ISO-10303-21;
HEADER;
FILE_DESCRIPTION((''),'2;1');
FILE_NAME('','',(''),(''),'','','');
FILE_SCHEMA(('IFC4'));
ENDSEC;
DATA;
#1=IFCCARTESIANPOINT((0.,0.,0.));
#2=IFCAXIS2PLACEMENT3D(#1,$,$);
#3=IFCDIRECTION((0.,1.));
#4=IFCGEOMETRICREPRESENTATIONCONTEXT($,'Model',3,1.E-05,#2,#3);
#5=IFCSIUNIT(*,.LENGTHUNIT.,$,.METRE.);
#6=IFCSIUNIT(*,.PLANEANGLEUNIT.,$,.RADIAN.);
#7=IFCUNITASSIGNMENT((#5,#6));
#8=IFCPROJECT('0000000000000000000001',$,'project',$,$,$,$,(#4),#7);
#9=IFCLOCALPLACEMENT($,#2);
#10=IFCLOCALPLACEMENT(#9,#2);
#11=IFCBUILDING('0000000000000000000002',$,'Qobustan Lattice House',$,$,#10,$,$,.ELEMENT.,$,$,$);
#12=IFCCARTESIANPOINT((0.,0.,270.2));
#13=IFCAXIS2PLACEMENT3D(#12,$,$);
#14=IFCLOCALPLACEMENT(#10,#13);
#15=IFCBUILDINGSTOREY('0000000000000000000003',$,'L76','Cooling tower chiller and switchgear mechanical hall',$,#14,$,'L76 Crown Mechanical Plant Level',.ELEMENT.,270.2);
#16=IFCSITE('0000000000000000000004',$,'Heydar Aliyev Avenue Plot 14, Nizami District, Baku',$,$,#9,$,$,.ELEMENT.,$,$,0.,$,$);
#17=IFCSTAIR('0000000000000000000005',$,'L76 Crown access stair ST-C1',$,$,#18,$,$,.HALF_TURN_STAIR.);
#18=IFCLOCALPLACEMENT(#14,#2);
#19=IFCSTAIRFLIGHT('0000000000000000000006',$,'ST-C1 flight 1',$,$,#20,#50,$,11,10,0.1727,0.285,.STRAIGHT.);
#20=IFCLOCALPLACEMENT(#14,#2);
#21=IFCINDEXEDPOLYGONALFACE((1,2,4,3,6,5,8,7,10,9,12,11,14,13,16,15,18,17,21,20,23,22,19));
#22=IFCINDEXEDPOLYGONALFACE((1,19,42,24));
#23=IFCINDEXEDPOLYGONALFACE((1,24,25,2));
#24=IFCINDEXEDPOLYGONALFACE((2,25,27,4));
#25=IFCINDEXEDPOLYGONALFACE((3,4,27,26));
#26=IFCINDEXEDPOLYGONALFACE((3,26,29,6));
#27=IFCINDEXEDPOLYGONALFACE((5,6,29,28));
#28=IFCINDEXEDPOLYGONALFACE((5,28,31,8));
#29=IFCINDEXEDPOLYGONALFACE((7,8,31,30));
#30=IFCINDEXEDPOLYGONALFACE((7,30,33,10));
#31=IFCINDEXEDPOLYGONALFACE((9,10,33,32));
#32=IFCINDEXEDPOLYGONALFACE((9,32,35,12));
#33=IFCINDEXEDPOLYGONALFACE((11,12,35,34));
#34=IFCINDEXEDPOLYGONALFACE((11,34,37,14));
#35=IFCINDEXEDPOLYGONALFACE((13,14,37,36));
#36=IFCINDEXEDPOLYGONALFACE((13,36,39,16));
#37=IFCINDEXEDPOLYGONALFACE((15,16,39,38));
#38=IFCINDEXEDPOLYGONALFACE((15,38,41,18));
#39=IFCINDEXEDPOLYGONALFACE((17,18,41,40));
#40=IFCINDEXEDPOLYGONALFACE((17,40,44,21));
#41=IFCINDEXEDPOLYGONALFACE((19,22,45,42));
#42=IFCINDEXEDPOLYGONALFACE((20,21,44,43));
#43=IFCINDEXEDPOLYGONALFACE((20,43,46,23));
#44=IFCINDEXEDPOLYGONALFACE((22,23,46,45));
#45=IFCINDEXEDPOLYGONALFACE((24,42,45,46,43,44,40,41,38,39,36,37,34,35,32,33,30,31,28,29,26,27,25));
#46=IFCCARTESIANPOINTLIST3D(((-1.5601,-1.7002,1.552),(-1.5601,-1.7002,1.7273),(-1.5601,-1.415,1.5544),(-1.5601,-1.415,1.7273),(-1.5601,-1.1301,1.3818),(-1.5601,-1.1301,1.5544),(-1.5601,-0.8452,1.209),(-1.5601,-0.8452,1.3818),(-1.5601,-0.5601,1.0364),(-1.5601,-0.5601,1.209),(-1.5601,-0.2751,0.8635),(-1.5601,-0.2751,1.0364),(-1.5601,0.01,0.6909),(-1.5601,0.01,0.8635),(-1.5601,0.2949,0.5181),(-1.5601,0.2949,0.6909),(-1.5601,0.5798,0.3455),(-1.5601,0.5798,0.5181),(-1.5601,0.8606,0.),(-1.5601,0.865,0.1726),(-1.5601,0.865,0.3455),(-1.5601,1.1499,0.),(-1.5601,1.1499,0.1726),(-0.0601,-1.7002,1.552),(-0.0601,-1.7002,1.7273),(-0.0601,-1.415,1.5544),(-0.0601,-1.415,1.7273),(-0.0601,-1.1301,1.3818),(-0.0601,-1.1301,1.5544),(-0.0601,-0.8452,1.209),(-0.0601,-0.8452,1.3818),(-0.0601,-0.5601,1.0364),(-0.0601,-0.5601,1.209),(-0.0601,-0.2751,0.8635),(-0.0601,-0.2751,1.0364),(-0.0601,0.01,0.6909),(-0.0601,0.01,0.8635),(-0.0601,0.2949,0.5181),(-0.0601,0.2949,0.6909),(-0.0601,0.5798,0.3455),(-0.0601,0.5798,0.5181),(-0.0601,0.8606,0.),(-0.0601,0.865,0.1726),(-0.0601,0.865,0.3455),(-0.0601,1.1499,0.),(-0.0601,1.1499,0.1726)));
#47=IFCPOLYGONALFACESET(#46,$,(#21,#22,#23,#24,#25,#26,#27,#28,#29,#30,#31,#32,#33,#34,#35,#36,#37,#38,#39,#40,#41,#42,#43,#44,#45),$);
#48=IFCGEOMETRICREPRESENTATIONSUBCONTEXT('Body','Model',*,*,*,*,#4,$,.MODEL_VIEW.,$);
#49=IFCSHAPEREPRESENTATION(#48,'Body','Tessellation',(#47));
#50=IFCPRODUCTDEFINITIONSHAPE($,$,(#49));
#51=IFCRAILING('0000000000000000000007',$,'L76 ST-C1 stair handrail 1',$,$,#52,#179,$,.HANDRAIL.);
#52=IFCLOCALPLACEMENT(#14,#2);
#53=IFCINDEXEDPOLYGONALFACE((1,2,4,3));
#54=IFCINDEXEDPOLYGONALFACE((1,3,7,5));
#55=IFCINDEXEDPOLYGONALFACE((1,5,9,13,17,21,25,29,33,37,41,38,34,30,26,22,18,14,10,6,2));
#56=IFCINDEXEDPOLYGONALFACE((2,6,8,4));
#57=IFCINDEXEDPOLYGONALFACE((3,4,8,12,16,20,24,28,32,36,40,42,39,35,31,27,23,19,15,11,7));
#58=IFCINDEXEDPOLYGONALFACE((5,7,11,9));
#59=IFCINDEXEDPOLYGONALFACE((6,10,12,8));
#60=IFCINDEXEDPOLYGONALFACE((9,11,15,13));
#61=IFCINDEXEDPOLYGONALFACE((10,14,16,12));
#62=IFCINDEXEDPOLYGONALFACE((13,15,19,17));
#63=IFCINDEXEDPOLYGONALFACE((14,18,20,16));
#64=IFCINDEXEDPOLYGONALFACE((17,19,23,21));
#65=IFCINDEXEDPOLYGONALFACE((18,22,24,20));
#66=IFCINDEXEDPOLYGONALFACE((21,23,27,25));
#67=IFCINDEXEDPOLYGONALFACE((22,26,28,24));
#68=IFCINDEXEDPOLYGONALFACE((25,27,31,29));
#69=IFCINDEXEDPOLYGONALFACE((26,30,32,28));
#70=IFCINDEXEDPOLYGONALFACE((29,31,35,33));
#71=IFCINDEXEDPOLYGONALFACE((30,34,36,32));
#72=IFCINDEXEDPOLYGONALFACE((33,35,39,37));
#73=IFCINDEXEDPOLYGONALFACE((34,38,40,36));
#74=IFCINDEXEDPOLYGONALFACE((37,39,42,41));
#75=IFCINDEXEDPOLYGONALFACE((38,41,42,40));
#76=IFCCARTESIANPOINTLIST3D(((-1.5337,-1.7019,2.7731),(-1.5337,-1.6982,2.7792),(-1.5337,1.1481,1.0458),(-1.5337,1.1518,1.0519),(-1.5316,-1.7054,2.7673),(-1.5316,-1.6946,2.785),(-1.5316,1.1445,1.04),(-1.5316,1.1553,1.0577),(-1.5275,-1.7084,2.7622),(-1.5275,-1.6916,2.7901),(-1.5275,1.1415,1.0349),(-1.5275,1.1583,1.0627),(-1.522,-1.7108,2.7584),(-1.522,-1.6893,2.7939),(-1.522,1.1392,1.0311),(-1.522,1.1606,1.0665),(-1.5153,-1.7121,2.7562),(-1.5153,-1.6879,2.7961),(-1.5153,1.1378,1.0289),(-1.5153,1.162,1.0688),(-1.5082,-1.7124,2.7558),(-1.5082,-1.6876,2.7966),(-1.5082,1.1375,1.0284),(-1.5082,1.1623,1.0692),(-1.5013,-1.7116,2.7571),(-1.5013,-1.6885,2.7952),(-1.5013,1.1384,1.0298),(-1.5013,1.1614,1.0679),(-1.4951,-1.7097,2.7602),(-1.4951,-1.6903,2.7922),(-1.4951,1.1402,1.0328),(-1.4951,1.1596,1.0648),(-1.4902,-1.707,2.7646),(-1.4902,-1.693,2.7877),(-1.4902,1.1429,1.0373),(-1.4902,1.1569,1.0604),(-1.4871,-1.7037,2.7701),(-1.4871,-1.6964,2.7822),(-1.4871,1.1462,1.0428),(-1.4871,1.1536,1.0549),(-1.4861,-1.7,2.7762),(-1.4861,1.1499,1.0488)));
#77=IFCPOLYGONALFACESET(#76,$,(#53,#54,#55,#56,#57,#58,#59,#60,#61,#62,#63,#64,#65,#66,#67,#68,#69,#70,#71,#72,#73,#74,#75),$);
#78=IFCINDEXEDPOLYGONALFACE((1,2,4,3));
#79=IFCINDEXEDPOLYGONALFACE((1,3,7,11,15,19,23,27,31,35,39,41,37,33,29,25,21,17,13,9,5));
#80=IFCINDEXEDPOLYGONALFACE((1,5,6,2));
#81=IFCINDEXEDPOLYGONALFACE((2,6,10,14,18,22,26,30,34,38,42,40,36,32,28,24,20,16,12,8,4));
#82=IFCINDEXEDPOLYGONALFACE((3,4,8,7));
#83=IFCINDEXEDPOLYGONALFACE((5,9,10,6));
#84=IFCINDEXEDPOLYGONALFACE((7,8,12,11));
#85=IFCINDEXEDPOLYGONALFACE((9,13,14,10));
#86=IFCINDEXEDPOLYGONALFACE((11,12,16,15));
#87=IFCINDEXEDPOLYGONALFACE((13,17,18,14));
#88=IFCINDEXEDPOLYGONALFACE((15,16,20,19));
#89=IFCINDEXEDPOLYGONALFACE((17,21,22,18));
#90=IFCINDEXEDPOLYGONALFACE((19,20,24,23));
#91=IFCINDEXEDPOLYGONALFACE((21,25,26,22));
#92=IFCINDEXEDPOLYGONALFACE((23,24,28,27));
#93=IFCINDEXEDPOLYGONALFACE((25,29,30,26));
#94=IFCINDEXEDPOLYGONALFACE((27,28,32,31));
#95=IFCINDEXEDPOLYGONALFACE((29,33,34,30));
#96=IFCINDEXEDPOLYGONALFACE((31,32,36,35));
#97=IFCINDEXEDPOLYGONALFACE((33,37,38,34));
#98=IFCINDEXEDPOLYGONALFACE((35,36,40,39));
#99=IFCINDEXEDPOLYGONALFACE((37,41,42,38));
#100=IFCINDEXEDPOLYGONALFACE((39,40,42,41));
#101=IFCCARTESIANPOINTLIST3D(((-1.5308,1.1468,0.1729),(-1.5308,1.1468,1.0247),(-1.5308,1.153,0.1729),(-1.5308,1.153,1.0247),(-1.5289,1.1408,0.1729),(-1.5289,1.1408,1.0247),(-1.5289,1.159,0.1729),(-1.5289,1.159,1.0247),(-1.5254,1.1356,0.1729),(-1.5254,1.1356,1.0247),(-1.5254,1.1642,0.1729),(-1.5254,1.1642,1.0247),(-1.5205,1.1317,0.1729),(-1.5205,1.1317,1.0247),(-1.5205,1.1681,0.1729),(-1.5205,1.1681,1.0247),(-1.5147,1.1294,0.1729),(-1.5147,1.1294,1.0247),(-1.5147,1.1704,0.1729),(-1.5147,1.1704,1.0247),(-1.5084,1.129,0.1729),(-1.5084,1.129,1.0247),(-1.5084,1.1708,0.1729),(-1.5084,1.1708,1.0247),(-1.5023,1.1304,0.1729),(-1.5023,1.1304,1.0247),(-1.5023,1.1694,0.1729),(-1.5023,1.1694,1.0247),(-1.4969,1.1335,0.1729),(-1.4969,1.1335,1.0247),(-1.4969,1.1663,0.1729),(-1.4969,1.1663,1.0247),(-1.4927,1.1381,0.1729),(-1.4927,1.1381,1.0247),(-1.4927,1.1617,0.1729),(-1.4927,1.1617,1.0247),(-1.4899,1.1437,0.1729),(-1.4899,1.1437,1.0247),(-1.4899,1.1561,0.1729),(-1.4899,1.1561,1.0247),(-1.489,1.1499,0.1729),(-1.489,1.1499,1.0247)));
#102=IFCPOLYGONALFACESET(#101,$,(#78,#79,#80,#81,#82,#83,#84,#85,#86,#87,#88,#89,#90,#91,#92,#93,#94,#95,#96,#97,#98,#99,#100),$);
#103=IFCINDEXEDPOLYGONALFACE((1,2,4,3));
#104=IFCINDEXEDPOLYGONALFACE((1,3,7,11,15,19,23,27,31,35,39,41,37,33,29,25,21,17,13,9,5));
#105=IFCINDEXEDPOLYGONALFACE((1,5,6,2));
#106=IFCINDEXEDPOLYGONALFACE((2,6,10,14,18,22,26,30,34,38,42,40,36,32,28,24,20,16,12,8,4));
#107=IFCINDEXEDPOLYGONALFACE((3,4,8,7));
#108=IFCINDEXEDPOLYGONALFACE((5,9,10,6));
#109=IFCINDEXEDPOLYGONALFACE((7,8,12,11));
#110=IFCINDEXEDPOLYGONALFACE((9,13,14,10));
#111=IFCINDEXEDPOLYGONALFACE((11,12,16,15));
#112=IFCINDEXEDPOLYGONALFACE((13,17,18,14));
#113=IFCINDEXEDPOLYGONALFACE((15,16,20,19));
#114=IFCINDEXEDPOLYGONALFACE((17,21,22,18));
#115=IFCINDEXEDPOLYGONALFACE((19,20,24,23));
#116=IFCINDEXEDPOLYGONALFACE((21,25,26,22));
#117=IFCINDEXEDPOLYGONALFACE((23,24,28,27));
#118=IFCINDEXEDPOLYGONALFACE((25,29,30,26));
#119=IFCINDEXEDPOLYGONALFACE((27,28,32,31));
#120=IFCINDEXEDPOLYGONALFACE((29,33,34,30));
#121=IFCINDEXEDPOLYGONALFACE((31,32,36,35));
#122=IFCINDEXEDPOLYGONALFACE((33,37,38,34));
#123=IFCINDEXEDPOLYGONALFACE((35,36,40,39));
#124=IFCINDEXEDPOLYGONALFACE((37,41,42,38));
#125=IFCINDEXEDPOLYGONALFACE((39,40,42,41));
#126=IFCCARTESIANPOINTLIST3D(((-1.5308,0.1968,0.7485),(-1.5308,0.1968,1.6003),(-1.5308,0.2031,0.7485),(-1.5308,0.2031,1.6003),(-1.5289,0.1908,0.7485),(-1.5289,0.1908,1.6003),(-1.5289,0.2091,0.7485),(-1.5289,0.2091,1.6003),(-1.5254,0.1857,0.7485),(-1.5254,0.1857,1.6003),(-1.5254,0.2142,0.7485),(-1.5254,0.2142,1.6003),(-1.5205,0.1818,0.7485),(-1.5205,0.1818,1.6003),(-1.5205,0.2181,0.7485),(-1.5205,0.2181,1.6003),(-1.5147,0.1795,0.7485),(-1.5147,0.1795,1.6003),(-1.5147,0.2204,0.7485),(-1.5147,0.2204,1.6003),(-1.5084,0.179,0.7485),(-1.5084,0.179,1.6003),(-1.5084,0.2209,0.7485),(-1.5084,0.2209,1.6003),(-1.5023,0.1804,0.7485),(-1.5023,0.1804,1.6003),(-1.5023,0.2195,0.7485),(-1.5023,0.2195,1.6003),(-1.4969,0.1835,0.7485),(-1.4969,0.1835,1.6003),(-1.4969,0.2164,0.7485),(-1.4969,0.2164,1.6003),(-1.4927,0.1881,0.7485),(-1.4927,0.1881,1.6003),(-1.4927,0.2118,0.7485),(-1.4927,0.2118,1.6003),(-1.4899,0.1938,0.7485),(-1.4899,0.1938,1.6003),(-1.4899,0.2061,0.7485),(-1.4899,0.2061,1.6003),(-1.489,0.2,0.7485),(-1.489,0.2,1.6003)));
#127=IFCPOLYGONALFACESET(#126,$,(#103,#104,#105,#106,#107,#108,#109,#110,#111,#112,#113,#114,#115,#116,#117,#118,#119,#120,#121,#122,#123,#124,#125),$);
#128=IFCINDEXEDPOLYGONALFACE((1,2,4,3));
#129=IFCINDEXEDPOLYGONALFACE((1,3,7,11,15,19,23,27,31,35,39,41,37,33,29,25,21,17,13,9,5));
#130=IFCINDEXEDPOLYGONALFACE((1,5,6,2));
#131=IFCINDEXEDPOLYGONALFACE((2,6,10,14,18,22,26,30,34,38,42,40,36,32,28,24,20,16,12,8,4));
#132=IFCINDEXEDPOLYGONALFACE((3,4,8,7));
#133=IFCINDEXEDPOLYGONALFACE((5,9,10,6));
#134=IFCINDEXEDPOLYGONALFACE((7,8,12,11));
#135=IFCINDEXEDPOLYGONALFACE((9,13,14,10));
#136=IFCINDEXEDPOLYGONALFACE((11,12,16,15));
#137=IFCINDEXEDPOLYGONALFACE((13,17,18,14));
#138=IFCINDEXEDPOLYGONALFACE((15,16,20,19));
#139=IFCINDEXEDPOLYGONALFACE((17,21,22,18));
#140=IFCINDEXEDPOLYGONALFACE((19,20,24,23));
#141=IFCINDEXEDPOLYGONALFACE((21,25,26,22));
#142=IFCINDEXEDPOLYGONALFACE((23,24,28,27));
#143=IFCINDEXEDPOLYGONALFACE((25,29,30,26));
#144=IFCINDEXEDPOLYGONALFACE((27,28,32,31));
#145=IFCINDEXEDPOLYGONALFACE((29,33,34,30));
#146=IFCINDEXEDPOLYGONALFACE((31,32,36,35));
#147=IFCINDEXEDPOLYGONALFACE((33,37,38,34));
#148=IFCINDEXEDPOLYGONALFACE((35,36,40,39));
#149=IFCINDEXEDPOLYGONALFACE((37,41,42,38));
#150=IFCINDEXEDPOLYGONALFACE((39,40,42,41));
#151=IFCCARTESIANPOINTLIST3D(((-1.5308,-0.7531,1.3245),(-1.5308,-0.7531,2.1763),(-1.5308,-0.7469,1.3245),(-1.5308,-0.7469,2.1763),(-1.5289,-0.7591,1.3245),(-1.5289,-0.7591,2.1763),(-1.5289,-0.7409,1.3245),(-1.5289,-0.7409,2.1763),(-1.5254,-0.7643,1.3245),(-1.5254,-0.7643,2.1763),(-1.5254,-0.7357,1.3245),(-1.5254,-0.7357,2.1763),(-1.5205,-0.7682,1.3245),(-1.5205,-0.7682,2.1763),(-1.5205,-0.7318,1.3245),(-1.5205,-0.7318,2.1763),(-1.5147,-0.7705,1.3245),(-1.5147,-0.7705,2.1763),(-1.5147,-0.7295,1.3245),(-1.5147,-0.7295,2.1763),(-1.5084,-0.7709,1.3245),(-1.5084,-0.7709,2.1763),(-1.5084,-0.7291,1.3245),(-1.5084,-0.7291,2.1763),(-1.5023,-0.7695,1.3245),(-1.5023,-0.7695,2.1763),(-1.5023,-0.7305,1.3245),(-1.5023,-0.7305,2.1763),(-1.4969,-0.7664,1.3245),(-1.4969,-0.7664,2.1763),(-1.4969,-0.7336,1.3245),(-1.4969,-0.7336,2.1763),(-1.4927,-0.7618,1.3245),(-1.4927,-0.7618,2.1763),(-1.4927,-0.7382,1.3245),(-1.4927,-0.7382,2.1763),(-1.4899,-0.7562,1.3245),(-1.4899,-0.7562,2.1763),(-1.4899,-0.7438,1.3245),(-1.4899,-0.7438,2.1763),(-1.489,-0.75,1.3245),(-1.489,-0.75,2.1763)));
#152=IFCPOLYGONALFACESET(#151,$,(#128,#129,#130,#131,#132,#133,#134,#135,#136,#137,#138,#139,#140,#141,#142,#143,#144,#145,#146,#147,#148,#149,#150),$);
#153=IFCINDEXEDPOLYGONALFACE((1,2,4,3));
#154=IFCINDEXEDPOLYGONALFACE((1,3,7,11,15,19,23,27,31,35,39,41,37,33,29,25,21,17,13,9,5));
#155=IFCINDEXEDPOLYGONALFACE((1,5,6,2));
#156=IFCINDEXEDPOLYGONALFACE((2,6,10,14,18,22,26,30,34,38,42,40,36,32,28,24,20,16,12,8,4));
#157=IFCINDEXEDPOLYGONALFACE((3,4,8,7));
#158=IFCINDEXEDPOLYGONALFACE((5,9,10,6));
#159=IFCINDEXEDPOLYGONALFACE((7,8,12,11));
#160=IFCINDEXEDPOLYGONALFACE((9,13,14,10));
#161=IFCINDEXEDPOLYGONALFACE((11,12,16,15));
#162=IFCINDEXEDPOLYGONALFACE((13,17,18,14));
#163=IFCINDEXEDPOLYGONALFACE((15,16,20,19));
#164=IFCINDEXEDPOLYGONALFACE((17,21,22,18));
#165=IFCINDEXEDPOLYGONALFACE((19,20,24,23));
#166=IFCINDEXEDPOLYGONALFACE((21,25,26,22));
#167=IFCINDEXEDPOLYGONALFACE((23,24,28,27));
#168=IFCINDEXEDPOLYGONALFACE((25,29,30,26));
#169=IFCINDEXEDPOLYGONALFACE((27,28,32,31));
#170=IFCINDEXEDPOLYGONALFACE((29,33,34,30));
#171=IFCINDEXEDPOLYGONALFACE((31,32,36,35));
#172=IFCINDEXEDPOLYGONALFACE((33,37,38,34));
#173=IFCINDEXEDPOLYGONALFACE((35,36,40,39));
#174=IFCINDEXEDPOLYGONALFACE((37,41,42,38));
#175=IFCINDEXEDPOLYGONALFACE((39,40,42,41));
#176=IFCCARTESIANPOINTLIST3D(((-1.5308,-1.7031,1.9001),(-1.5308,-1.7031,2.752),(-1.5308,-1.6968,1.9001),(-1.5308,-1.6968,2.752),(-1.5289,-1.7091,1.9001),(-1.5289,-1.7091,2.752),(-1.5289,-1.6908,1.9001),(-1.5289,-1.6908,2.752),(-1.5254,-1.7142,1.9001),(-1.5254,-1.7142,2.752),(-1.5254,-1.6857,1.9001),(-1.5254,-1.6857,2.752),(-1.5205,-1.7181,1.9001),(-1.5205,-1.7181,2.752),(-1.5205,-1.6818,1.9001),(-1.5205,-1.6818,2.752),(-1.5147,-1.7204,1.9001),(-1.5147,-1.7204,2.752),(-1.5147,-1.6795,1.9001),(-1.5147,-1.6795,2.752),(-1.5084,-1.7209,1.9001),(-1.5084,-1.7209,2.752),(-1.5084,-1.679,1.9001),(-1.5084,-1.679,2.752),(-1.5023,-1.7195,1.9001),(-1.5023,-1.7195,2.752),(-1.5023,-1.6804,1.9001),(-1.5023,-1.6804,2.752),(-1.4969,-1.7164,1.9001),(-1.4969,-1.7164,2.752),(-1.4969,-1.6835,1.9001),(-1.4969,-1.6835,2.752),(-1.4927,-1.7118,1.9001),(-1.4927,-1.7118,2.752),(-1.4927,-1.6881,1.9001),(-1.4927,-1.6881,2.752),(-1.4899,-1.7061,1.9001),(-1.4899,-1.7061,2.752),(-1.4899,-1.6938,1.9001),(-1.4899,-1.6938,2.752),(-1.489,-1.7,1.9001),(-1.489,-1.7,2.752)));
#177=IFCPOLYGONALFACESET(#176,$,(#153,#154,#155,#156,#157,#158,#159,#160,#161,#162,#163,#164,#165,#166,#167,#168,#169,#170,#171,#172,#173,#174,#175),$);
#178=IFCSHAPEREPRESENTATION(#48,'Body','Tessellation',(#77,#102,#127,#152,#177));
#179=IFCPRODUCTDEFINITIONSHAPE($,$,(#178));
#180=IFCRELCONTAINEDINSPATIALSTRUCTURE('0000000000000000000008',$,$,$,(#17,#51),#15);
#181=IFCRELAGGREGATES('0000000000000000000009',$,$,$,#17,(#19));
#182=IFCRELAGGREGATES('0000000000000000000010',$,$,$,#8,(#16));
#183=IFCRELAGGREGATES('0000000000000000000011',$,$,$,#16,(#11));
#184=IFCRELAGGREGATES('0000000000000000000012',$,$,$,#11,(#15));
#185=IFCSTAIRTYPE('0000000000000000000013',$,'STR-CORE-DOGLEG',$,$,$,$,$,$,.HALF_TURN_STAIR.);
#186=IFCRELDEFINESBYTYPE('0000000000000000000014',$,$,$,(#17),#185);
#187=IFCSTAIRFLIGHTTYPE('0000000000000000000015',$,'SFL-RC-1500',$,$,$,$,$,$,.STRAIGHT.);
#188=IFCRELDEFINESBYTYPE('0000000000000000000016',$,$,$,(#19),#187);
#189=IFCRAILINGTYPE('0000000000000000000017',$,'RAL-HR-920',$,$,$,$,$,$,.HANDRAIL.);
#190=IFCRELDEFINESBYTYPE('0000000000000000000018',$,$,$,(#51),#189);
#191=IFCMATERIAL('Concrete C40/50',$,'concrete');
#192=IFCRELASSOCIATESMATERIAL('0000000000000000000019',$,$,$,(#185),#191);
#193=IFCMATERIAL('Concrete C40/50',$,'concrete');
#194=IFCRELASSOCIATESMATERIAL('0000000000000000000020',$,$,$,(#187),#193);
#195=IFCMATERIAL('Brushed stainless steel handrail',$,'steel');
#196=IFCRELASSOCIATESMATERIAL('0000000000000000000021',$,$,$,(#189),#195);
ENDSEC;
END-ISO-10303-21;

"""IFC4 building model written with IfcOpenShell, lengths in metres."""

from ifc_helpers import new_model, si_unit, direction, frame, origin, origin_2d, place, context, subcontext, project, spatial, polyline, circle, outline, extrude, material, type_object, element, aggregate, save


model = new_model("IFC4")

# Units and contexts
model_context = context("Model", 3, precision=1e-05, world=origin(), true_north=direction((0.0, 1.0)))
body_context = subcontext(model_context, "Body", "Model", "MODEL_VIEW")
ifc_project = project(units=[si_unit("LENGTHUNIT", "METRE"), si_unit("PLANEANGLEUNIT", "RADIAN")], contexts=[model_context])

# Site, building, storey
site_placement = place(None, origin())
site = spatial("IfcSite", under=ifc_project, at=site_placement, Name="Heydar Aliyev Avenue Plot 14, Nizami District, Baku", CompositionType="ELEMENT", RefElevation=0.0)
building_placement = place(site_placement, origin())
building = spatial("IfcBuilding", under=site, at=building_placement, Name="Qobustan Lattice House", CompositionType="ELEMENT")
storey_placement = place(building_placement, frame((0.0, 0.0, 270.2)))
storey = spatial("IfcBuildingStorey", under=building, at=storey_placement, Name="L76", Description="Cooling tower chiller and switchgear mechanical hall", LongName="L76 Crown Mechanical Plant Level", CompositionType="ELEMENT", Elevation=270.2)

# Stair, stair flight
ifc_material_1 = material(Name="Concrete C40/50", Category="concrete")
stair_type = type_object("IfcStairType", Name="STR-CORE-DOGLEG", PredefinedType="HALF_TURN_STAIR", material=ifc_material_1)
stair_placement = place(storey_placement, origin())
stair = element("IfcStair", 1, at=stair_placement, inside=storey, type_object=stair_type, Name="L76 Crown access stair ST-C1", PredefinedType="HALF_TURN_STAIR")
ifc_material_2 = material(Name="Concrete C40/50", Category="concrete")
stair_flight_type = type_object("IfcStairFlightType", Name="SFL-RC-1500", PredefinedType="STRAIGHT", material=ifc_material_2)
stair_flight_placement = place(storey_placement, frame((-0.8101, 1.1499, 0.0), z_axis=(0.0, 0.0, 1.0), x_axis=(0.0, -1.0, 0.0)))
stair_flight = element("IfcStairFlight", 2, at=stair_flight_placement, type_object=stair_flight_type, Name="ST-C1 flight 1", NumberOfRisers=11, NumberOfTreads=10, PredefinedType="STRAIGHT", RiserHeight=0.1727, TreadLength=0.285, context=body_context, shape_type="SweptSolid", body=[
    extrude(outline(polyline([(0.0, 0.0), (0.0, 0.1726), (0.2849, 0.1726), (0.2849, 0.3455), (0.5701, 0.3455), (0.5701, 0.5181), (0.855, 0.5181), (0.855, 0.6909), (1.1399, 0.6909), (1.1399, 0.8635), (1.425, 0.8635), (1.425, 1.0364), (1.71, 1.0364), (1.71, 1.209), (1.9951, 1.209), (1.9951, 1.3818), (2.28, 1.3818), (2.28, 1.5544), (2.5649, 1.5544), (2.5649, 1.7273), (2.8501, 1.7273), (2.8501, 1.8999), (2.8501, 1.552), (0.2893, 0.0), (0.0, 0.0)])), frame((0.0, 0.75, 0.0), z_axis=(0.0, -1.0, 0.0), x_axis=(1.0, 0.0, 0.0)), (0.0, 0.0, 1.0), 1.5),
])
aggregate(stair, [stair_flight])

# Railing
ifc_material_3 = material(Name="Brushed stainless steel handrail", Category="steel")
railing_type_1 = type_object("IfcRailingType", Name="RAL-HR-920", PredefinedType="HANDRAIL", material=ifc_material_3)
railing_1_placement = place(storey_placement, frame((-1.51, 1.1499, 0.1729)))
element("IfcRailing", 3, at=railing_1_placement, inside=storey, type_object=railing_type_1, Name="L76 ST-C1 stair handrail 1", PredefinedType="HANDRAIL", context=body_context, shape_type="SweptSolid", body=[
    extrude(circle(Radius=0.0239, at=origin_2d()), frame((0.0, 0.0, 0.876), z_axis=(0.0, -0.855183, 0.518326), x_axis=(1.0, 0.0, 0.0)), (0.0, 0.0, 1.0), 3.3325),
    extrude(circle(Radius=0.021, at=origin_2d()), origin(), (0.0, 0.0, 1.0), 0.8518),
    extrude(circle(Radius=0.021, at=origin_2d()), frame((0.0, -0.95, 0.5757)), (0.0, 0.0, 1.0), 0.8518),
    extrude(circle(Radius=0.021, at=origin_2d()), frame((0.0, -1.8999, 1.1516)), (0.0, 0.0, 1.0), 0.8518),
    extrude(circle(Radius=0.021, at=origin_2d()), frame((0.0, -2.8499, 1.7273)), (0.0, 0.0, 1.0), 0.8518),
])

save(model, "model.ifc")
